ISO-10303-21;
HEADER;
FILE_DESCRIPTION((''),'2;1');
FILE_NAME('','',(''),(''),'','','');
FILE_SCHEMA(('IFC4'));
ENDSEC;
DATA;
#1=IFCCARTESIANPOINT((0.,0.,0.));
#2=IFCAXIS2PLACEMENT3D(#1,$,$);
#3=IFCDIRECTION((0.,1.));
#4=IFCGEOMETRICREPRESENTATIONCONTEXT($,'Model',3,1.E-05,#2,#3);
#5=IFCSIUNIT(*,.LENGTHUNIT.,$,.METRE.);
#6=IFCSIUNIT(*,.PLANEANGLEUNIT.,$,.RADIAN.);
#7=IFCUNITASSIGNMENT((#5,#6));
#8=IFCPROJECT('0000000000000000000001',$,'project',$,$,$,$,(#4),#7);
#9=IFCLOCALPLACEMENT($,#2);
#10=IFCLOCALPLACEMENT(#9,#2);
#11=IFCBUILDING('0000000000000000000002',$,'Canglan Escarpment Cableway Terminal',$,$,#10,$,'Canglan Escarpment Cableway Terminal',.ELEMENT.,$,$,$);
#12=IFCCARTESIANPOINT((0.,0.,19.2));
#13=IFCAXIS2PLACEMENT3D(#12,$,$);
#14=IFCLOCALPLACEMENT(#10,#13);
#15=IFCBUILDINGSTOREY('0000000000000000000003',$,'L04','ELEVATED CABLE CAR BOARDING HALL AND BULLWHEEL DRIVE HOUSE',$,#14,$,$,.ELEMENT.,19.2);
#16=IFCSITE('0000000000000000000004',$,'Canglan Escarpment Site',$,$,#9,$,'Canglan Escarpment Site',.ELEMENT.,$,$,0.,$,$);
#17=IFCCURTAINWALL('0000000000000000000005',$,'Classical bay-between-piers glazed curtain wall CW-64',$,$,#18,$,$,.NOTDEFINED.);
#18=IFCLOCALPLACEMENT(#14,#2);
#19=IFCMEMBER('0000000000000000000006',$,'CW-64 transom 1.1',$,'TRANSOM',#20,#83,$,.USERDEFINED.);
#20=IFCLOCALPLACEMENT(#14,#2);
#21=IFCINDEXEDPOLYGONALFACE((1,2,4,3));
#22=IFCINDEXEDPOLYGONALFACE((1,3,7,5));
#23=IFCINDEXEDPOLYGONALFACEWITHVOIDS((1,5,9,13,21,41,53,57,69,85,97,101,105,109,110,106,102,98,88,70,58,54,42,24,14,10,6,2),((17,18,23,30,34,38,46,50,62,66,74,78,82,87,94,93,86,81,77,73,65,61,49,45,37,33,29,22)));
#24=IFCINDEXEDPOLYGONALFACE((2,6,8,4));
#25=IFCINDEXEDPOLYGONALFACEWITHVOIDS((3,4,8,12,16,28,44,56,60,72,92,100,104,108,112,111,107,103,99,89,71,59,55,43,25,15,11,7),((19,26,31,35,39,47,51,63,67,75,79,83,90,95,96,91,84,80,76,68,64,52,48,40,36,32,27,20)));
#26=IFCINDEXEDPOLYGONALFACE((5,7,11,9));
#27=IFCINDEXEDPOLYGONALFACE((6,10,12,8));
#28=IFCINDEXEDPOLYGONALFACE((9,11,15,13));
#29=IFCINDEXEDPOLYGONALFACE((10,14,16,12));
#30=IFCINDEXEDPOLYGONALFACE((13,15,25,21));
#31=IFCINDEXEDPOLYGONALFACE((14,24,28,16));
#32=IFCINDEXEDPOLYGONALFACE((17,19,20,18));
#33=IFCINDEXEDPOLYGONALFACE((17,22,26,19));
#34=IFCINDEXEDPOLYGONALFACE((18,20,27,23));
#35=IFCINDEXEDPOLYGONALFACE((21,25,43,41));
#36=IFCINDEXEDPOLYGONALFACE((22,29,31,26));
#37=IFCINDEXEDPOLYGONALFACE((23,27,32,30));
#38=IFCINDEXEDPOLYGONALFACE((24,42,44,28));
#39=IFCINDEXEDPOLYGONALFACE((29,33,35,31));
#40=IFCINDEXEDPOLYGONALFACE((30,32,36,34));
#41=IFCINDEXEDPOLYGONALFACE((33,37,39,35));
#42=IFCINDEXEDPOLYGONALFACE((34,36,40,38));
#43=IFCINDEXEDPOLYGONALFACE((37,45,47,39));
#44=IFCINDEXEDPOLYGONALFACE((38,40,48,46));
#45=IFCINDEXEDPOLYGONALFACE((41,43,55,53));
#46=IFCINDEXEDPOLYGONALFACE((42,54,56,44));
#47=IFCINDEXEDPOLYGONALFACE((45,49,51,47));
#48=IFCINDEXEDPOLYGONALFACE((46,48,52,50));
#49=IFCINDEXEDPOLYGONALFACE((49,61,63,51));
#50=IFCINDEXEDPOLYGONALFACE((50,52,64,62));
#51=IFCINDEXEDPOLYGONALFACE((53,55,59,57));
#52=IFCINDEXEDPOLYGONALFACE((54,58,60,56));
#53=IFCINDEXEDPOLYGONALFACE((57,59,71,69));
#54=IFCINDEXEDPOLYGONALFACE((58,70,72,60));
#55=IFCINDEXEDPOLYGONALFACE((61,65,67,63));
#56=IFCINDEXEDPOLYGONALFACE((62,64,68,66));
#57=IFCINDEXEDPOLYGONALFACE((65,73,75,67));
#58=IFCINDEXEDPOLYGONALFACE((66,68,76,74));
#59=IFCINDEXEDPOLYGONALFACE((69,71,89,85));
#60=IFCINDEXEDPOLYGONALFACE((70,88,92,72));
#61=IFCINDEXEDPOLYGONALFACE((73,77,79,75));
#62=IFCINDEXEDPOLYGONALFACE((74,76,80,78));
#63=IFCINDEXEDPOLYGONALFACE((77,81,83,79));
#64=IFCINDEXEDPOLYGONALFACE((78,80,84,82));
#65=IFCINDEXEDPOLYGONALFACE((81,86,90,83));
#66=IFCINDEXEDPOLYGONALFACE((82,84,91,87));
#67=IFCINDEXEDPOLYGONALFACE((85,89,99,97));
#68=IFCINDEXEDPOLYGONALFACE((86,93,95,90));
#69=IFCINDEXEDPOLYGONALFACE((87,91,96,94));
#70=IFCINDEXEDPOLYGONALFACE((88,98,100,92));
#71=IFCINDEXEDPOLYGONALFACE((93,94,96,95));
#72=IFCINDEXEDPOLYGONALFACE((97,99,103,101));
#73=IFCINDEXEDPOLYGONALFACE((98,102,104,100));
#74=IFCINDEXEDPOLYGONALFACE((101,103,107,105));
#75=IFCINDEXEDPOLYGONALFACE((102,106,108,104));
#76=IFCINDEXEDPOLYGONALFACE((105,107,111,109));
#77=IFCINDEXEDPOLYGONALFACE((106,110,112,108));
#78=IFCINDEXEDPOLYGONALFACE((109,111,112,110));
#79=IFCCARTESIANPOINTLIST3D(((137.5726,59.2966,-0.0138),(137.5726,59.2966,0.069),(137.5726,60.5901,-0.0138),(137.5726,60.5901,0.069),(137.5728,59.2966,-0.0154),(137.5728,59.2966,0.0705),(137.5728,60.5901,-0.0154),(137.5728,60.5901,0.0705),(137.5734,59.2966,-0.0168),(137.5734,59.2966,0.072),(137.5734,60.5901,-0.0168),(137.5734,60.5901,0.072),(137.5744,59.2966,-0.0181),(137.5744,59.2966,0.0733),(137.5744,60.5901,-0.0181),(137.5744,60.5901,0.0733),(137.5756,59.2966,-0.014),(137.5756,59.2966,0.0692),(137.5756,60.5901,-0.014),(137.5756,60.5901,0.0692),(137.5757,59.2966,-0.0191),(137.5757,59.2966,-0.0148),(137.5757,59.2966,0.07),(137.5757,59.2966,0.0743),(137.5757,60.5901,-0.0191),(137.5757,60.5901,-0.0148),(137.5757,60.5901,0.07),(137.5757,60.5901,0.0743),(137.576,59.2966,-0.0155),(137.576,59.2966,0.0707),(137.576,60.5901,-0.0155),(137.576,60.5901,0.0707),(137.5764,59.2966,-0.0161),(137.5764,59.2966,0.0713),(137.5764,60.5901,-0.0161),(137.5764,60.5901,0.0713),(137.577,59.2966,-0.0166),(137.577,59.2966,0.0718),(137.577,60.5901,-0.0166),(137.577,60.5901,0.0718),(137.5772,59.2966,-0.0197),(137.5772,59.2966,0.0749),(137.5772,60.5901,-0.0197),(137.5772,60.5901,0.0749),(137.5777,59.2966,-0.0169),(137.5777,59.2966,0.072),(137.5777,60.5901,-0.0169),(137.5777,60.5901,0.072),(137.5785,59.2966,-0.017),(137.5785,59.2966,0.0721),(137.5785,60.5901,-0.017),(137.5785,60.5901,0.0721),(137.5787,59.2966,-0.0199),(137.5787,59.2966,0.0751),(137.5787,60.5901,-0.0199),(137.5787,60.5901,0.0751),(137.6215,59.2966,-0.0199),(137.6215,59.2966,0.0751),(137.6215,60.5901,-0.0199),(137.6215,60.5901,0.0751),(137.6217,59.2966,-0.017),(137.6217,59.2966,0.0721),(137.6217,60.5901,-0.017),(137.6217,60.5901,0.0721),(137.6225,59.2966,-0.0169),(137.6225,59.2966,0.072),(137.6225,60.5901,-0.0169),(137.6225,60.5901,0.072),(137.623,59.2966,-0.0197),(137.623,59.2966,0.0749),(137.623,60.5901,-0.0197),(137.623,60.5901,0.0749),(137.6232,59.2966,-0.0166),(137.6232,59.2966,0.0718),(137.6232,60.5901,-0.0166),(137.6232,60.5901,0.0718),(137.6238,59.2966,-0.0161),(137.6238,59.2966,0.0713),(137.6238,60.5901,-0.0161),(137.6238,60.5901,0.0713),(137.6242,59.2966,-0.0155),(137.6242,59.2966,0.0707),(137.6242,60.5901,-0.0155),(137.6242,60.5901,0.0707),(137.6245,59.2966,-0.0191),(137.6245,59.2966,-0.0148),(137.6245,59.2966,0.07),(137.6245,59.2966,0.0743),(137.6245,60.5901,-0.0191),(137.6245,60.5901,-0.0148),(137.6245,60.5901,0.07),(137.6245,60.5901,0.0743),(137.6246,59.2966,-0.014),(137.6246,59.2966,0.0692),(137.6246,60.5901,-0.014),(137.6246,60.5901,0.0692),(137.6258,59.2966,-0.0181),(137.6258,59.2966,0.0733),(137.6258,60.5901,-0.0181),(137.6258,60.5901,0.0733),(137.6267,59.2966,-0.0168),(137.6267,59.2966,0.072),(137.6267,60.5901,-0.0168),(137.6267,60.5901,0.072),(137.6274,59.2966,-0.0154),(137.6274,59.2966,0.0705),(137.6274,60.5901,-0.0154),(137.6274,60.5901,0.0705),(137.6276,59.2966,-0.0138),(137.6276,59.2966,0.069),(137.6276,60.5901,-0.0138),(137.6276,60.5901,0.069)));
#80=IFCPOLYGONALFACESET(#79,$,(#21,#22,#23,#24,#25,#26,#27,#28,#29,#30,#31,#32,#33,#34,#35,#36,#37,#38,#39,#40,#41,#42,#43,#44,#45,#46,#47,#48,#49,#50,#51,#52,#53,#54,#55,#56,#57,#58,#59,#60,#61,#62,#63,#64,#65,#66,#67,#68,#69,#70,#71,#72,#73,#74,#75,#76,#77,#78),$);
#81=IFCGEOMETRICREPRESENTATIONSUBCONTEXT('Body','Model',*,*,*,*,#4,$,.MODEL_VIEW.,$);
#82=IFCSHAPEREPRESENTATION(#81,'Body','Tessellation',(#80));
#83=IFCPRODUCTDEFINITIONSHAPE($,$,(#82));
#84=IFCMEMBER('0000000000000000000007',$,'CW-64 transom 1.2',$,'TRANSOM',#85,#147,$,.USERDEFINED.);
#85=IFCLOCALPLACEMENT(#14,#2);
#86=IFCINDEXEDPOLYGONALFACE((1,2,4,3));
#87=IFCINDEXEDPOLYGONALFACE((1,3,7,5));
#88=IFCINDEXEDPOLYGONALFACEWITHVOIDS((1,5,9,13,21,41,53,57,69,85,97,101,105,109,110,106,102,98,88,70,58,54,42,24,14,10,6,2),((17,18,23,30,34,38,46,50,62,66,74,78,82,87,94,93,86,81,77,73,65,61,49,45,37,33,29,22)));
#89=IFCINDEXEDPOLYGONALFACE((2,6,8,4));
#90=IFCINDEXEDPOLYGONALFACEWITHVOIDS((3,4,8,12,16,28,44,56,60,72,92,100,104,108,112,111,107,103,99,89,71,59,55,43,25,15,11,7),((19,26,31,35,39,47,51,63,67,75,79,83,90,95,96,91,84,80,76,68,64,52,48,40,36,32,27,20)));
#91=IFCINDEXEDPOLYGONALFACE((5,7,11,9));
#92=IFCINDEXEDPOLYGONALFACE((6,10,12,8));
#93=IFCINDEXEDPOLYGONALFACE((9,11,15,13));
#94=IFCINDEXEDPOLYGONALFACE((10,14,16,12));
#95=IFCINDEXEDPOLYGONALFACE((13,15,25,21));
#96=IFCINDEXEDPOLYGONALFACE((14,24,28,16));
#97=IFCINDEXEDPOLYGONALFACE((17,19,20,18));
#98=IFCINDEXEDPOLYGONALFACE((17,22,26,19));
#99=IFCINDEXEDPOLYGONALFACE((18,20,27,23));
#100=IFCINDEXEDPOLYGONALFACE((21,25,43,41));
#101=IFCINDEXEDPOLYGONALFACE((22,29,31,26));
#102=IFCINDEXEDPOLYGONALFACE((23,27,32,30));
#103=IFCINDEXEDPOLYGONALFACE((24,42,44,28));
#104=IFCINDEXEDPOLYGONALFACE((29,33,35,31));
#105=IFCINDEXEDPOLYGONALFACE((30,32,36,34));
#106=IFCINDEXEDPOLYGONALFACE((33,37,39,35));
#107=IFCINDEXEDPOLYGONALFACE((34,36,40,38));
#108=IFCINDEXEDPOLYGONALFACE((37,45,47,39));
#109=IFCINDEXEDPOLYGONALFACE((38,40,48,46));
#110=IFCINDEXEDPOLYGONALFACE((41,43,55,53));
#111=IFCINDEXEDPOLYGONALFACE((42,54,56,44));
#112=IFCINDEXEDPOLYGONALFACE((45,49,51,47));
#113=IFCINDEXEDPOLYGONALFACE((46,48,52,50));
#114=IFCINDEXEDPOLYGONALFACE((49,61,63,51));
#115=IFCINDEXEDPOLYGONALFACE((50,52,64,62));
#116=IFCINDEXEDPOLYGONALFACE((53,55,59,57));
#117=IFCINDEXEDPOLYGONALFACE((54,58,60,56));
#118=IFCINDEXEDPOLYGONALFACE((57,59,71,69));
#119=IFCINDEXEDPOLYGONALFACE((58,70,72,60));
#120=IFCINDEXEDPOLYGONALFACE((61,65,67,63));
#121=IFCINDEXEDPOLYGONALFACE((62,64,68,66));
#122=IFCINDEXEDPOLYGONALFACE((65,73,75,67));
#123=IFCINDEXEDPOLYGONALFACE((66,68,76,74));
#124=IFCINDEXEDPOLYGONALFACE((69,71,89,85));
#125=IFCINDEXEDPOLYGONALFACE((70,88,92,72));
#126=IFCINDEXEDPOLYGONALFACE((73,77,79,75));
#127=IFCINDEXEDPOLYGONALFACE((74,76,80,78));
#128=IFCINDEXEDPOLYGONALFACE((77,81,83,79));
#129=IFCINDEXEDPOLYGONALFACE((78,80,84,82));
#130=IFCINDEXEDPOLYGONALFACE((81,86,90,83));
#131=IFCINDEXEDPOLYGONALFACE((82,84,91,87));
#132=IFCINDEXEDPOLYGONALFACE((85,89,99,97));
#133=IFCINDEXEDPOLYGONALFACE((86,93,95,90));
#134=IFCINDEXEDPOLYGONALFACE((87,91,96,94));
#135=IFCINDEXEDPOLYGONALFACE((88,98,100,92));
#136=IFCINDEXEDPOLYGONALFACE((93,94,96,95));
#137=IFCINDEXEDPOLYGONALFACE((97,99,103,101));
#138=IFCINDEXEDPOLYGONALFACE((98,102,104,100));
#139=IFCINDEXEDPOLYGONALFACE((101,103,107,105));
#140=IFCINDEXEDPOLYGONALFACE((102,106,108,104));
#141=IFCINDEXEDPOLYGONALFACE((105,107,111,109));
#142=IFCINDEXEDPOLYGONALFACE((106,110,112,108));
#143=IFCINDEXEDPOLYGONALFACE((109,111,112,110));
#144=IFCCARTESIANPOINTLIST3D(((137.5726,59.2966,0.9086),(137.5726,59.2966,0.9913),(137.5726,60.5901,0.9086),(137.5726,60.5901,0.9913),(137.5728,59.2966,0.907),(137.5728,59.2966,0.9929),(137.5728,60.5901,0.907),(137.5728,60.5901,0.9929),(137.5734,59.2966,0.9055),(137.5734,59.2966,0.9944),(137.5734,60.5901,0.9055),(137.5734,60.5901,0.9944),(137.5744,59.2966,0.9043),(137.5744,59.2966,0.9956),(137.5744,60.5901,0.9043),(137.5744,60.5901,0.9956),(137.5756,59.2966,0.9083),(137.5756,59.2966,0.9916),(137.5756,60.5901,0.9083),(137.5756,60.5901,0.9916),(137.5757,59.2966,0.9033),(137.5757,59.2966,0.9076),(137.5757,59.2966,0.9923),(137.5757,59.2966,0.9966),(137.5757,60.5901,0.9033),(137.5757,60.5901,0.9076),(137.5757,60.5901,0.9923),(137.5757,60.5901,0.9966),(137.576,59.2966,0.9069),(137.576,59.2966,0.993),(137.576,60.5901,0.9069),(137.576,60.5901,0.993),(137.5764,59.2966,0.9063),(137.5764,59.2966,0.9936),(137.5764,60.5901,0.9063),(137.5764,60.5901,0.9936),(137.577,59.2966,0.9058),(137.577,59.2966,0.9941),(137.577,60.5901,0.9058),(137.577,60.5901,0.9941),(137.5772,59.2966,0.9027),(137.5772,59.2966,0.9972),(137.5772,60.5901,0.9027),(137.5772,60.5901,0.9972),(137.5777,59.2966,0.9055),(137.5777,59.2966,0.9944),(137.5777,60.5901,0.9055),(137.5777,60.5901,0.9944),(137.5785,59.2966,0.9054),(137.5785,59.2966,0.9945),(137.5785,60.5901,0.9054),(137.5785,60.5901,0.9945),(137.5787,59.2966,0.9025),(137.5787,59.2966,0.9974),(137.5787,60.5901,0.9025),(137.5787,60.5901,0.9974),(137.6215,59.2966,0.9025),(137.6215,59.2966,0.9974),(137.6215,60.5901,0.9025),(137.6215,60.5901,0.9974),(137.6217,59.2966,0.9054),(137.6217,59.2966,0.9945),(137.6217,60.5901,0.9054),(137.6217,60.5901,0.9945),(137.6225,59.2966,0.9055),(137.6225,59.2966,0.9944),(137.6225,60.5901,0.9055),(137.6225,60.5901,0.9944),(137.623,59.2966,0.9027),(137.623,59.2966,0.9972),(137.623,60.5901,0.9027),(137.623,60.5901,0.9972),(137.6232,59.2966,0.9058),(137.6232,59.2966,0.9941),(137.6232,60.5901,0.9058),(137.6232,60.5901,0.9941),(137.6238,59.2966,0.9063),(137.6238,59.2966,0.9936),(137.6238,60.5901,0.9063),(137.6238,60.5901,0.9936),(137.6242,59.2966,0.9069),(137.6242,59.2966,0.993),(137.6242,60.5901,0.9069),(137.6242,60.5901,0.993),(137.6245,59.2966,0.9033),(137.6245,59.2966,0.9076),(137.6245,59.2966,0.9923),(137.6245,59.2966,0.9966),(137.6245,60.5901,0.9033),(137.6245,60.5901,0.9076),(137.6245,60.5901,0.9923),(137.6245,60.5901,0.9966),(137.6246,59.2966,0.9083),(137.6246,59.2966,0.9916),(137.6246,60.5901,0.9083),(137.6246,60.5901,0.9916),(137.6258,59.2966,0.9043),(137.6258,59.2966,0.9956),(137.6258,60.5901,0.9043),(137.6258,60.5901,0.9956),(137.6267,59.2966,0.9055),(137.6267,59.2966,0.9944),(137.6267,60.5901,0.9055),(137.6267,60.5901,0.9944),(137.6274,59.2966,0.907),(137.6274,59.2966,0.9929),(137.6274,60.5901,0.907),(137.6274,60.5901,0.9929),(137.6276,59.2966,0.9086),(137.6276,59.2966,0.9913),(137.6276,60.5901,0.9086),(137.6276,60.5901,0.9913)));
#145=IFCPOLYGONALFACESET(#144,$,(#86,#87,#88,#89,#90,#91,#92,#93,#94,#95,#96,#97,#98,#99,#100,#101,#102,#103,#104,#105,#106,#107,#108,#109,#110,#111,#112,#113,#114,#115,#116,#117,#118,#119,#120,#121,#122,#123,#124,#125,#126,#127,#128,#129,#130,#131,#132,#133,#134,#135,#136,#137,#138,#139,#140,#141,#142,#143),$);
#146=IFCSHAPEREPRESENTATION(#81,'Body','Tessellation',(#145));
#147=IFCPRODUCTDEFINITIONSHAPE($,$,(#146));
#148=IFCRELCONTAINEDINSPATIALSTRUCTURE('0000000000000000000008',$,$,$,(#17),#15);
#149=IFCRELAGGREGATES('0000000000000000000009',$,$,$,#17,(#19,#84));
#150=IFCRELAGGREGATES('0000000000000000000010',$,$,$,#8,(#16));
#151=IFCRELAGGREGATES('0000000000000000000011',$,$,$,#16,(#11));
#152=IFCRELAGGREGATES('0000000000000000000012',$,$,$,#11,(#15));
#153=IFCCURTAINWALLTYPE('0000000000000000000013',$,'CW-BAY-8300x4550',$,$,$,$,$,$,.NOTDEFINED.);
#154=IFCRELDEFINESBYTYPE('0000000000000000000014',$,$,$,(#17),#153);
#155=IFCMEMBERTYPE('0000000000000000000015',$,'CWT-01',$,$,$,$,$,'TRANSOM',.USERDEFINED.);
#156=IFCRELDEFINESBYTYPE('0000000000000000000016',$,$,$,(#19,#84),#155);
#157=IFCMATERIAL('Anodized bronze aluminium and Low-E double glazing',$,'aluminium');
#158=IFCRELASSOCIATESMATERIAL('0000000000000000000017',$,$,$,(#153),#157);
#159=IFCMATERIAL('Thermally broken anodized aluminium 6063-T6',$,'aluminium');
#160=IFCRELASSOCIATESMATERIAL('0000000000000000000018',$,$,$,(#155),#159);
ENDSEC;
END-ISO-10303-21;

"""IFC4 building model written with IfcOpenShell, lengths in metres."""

from ifc_helpers import new_model, si_unit, direction, frame, origin, origin_2d, place, context, subcontext, project, spatial, hollow_rectangle, extrude, material, material_profile, profile_set, type_object, element, aggregate, save


model = new_model("IFC4")

# Units and contexts
model_context = context("Model", 3, precision=1e-05, world=origin(), true_north=direction((0.0, 1.0)))
body_context = subcontext(model_context, "Body", "Model", "MODEL_VIEW")
ifc_project = project(units=[si_unit("LENGTHUNIT", "METRE"), si_unit("PLANEANGLEUNIT", "RADIAN")], contexts=[model_context])

# Site, building, storey
site_placement = place(None, origin())
site = spatial("IfcSite", under=ifc_project, at=site_placement, Name="Canglan Escarpment Site", LongName="Canglan Escarpment Site", CompositionType="ELEMENT", RefElevation=0.0)
building_placement = place(site_placement, origin())
building = spatial("IfcBuilding", under=site, at=building_placement, Name="Canglan Escarpment Cableway Terminal", LongName="Canglan Escarpment Cableway Terminal", CompositionType="ELEMENT")
storey_placement = place(building_placement, frame((0.0, 0.0, 19.2)))
storey = spatial("IfcBuildingStorey", under=building, at=storey_placement, Name="L04", Description="ELEVATED CABLE CAR BOARDING HALL AND BULLWHEEL DRIVE HOUSE", CompositionType="ELEMENT", Elevation=19.2)

# Curtain wall
ifc_material_1 = material(Name="Anodized bronze aluminium and Low-E double glazing", Category="aluminium")
curtain_wall_type = type_object("IfcCurtainWallType", Name="CW-BAY-8300x4550", PredefinedType="NOTDEFINED", material=ifc_material_1)
curtain_wall_1_placement = place(storey_placement, origin())
curtain_wall_1 = element("IfcCurtainWall", 1, at=curtain_wall_1_placement, inside=storey, type_object=curtain_wall_type, Name="Classical bay-between-piers glazed curtain wall CW-64", PredefinedType="NOTDEFINED")
ifc_material_2 = material(Name="Thermally broken anodized aluminium 6063-T6", Category="aluminium")

# Members
ifc_material_profile_1 = material_profile(ifc_material_2, hollow_rectangle(XDim=0.0549, YDim=0.095, WallThickness=0.0029, InnerFilletRadius=0.0029, OuterFilletRadius=0.0061, at=origin_2d()), Name="ALU-TRAN 55x95x3")
ifc_profile_set_1 = profile_set([ifc_material_profile_1], Name="Thermally broken anodized aluminium 6063-T6")
member_type_1 = type_object("IfcMemberType", Name="CWT-01", ElementType="TRANSOM", PredefinedType="USERDEFINED", material=ifc_profile_set_1)
member_1_placement = place(storey_placement, frame((137.6001, 60.5901, 0.0276), z_axis=(0.0, -1.0, 0.0), x_axis=(1.0, 0.0, 0.0)))
member_1 = element("IfcMember", 2, at=member_1_placement, type_object=member_type_1, Name="CW-64 transom 1.1", ObjectType="TRANSOM", PredefinedType="USERDEFINED", context=body_context, shape_type="SweptSolid", body=[
    extrude(hollow_rectangle(XDim=0.0549, YDim=0.095, WallThickness=0.0029, InnerFilletRadius=0.0029, OuterFilletRadius=0.0061, at=origin_2d()), origin(), (0.0, 0.0, 1.0), 1.2935),
])
member_2_placement = place(storey_placement, frame((137.6001, 60.5901, 0.95), z_axis=(0.0, -1.0, 0.0), x_axis=(1.0, 0.0, 0.0)))
member_2 = element("IfcMember", 3, at=member_2_placement, type_object=member_type_1, Name="CW-64 transom 1.2", ObjectType="TRANSOM", PredefinedType="USERDEFINED", context=body_context, shape_type="SweptSolid", body=[
    extrude(hollow_rectangle(XDim=0.0549, YDim=0.095, WallThickness=0.0029, InnerFilletRadius=0.0029, OuterFilletRadius=0.0061, at=origin_2d()), origin(), (0.0, 0.0, 1.0), 1.2935),
])

aggregate(curtain_wall_1, [member_1, member_2])

save(model, "model.ifc")
